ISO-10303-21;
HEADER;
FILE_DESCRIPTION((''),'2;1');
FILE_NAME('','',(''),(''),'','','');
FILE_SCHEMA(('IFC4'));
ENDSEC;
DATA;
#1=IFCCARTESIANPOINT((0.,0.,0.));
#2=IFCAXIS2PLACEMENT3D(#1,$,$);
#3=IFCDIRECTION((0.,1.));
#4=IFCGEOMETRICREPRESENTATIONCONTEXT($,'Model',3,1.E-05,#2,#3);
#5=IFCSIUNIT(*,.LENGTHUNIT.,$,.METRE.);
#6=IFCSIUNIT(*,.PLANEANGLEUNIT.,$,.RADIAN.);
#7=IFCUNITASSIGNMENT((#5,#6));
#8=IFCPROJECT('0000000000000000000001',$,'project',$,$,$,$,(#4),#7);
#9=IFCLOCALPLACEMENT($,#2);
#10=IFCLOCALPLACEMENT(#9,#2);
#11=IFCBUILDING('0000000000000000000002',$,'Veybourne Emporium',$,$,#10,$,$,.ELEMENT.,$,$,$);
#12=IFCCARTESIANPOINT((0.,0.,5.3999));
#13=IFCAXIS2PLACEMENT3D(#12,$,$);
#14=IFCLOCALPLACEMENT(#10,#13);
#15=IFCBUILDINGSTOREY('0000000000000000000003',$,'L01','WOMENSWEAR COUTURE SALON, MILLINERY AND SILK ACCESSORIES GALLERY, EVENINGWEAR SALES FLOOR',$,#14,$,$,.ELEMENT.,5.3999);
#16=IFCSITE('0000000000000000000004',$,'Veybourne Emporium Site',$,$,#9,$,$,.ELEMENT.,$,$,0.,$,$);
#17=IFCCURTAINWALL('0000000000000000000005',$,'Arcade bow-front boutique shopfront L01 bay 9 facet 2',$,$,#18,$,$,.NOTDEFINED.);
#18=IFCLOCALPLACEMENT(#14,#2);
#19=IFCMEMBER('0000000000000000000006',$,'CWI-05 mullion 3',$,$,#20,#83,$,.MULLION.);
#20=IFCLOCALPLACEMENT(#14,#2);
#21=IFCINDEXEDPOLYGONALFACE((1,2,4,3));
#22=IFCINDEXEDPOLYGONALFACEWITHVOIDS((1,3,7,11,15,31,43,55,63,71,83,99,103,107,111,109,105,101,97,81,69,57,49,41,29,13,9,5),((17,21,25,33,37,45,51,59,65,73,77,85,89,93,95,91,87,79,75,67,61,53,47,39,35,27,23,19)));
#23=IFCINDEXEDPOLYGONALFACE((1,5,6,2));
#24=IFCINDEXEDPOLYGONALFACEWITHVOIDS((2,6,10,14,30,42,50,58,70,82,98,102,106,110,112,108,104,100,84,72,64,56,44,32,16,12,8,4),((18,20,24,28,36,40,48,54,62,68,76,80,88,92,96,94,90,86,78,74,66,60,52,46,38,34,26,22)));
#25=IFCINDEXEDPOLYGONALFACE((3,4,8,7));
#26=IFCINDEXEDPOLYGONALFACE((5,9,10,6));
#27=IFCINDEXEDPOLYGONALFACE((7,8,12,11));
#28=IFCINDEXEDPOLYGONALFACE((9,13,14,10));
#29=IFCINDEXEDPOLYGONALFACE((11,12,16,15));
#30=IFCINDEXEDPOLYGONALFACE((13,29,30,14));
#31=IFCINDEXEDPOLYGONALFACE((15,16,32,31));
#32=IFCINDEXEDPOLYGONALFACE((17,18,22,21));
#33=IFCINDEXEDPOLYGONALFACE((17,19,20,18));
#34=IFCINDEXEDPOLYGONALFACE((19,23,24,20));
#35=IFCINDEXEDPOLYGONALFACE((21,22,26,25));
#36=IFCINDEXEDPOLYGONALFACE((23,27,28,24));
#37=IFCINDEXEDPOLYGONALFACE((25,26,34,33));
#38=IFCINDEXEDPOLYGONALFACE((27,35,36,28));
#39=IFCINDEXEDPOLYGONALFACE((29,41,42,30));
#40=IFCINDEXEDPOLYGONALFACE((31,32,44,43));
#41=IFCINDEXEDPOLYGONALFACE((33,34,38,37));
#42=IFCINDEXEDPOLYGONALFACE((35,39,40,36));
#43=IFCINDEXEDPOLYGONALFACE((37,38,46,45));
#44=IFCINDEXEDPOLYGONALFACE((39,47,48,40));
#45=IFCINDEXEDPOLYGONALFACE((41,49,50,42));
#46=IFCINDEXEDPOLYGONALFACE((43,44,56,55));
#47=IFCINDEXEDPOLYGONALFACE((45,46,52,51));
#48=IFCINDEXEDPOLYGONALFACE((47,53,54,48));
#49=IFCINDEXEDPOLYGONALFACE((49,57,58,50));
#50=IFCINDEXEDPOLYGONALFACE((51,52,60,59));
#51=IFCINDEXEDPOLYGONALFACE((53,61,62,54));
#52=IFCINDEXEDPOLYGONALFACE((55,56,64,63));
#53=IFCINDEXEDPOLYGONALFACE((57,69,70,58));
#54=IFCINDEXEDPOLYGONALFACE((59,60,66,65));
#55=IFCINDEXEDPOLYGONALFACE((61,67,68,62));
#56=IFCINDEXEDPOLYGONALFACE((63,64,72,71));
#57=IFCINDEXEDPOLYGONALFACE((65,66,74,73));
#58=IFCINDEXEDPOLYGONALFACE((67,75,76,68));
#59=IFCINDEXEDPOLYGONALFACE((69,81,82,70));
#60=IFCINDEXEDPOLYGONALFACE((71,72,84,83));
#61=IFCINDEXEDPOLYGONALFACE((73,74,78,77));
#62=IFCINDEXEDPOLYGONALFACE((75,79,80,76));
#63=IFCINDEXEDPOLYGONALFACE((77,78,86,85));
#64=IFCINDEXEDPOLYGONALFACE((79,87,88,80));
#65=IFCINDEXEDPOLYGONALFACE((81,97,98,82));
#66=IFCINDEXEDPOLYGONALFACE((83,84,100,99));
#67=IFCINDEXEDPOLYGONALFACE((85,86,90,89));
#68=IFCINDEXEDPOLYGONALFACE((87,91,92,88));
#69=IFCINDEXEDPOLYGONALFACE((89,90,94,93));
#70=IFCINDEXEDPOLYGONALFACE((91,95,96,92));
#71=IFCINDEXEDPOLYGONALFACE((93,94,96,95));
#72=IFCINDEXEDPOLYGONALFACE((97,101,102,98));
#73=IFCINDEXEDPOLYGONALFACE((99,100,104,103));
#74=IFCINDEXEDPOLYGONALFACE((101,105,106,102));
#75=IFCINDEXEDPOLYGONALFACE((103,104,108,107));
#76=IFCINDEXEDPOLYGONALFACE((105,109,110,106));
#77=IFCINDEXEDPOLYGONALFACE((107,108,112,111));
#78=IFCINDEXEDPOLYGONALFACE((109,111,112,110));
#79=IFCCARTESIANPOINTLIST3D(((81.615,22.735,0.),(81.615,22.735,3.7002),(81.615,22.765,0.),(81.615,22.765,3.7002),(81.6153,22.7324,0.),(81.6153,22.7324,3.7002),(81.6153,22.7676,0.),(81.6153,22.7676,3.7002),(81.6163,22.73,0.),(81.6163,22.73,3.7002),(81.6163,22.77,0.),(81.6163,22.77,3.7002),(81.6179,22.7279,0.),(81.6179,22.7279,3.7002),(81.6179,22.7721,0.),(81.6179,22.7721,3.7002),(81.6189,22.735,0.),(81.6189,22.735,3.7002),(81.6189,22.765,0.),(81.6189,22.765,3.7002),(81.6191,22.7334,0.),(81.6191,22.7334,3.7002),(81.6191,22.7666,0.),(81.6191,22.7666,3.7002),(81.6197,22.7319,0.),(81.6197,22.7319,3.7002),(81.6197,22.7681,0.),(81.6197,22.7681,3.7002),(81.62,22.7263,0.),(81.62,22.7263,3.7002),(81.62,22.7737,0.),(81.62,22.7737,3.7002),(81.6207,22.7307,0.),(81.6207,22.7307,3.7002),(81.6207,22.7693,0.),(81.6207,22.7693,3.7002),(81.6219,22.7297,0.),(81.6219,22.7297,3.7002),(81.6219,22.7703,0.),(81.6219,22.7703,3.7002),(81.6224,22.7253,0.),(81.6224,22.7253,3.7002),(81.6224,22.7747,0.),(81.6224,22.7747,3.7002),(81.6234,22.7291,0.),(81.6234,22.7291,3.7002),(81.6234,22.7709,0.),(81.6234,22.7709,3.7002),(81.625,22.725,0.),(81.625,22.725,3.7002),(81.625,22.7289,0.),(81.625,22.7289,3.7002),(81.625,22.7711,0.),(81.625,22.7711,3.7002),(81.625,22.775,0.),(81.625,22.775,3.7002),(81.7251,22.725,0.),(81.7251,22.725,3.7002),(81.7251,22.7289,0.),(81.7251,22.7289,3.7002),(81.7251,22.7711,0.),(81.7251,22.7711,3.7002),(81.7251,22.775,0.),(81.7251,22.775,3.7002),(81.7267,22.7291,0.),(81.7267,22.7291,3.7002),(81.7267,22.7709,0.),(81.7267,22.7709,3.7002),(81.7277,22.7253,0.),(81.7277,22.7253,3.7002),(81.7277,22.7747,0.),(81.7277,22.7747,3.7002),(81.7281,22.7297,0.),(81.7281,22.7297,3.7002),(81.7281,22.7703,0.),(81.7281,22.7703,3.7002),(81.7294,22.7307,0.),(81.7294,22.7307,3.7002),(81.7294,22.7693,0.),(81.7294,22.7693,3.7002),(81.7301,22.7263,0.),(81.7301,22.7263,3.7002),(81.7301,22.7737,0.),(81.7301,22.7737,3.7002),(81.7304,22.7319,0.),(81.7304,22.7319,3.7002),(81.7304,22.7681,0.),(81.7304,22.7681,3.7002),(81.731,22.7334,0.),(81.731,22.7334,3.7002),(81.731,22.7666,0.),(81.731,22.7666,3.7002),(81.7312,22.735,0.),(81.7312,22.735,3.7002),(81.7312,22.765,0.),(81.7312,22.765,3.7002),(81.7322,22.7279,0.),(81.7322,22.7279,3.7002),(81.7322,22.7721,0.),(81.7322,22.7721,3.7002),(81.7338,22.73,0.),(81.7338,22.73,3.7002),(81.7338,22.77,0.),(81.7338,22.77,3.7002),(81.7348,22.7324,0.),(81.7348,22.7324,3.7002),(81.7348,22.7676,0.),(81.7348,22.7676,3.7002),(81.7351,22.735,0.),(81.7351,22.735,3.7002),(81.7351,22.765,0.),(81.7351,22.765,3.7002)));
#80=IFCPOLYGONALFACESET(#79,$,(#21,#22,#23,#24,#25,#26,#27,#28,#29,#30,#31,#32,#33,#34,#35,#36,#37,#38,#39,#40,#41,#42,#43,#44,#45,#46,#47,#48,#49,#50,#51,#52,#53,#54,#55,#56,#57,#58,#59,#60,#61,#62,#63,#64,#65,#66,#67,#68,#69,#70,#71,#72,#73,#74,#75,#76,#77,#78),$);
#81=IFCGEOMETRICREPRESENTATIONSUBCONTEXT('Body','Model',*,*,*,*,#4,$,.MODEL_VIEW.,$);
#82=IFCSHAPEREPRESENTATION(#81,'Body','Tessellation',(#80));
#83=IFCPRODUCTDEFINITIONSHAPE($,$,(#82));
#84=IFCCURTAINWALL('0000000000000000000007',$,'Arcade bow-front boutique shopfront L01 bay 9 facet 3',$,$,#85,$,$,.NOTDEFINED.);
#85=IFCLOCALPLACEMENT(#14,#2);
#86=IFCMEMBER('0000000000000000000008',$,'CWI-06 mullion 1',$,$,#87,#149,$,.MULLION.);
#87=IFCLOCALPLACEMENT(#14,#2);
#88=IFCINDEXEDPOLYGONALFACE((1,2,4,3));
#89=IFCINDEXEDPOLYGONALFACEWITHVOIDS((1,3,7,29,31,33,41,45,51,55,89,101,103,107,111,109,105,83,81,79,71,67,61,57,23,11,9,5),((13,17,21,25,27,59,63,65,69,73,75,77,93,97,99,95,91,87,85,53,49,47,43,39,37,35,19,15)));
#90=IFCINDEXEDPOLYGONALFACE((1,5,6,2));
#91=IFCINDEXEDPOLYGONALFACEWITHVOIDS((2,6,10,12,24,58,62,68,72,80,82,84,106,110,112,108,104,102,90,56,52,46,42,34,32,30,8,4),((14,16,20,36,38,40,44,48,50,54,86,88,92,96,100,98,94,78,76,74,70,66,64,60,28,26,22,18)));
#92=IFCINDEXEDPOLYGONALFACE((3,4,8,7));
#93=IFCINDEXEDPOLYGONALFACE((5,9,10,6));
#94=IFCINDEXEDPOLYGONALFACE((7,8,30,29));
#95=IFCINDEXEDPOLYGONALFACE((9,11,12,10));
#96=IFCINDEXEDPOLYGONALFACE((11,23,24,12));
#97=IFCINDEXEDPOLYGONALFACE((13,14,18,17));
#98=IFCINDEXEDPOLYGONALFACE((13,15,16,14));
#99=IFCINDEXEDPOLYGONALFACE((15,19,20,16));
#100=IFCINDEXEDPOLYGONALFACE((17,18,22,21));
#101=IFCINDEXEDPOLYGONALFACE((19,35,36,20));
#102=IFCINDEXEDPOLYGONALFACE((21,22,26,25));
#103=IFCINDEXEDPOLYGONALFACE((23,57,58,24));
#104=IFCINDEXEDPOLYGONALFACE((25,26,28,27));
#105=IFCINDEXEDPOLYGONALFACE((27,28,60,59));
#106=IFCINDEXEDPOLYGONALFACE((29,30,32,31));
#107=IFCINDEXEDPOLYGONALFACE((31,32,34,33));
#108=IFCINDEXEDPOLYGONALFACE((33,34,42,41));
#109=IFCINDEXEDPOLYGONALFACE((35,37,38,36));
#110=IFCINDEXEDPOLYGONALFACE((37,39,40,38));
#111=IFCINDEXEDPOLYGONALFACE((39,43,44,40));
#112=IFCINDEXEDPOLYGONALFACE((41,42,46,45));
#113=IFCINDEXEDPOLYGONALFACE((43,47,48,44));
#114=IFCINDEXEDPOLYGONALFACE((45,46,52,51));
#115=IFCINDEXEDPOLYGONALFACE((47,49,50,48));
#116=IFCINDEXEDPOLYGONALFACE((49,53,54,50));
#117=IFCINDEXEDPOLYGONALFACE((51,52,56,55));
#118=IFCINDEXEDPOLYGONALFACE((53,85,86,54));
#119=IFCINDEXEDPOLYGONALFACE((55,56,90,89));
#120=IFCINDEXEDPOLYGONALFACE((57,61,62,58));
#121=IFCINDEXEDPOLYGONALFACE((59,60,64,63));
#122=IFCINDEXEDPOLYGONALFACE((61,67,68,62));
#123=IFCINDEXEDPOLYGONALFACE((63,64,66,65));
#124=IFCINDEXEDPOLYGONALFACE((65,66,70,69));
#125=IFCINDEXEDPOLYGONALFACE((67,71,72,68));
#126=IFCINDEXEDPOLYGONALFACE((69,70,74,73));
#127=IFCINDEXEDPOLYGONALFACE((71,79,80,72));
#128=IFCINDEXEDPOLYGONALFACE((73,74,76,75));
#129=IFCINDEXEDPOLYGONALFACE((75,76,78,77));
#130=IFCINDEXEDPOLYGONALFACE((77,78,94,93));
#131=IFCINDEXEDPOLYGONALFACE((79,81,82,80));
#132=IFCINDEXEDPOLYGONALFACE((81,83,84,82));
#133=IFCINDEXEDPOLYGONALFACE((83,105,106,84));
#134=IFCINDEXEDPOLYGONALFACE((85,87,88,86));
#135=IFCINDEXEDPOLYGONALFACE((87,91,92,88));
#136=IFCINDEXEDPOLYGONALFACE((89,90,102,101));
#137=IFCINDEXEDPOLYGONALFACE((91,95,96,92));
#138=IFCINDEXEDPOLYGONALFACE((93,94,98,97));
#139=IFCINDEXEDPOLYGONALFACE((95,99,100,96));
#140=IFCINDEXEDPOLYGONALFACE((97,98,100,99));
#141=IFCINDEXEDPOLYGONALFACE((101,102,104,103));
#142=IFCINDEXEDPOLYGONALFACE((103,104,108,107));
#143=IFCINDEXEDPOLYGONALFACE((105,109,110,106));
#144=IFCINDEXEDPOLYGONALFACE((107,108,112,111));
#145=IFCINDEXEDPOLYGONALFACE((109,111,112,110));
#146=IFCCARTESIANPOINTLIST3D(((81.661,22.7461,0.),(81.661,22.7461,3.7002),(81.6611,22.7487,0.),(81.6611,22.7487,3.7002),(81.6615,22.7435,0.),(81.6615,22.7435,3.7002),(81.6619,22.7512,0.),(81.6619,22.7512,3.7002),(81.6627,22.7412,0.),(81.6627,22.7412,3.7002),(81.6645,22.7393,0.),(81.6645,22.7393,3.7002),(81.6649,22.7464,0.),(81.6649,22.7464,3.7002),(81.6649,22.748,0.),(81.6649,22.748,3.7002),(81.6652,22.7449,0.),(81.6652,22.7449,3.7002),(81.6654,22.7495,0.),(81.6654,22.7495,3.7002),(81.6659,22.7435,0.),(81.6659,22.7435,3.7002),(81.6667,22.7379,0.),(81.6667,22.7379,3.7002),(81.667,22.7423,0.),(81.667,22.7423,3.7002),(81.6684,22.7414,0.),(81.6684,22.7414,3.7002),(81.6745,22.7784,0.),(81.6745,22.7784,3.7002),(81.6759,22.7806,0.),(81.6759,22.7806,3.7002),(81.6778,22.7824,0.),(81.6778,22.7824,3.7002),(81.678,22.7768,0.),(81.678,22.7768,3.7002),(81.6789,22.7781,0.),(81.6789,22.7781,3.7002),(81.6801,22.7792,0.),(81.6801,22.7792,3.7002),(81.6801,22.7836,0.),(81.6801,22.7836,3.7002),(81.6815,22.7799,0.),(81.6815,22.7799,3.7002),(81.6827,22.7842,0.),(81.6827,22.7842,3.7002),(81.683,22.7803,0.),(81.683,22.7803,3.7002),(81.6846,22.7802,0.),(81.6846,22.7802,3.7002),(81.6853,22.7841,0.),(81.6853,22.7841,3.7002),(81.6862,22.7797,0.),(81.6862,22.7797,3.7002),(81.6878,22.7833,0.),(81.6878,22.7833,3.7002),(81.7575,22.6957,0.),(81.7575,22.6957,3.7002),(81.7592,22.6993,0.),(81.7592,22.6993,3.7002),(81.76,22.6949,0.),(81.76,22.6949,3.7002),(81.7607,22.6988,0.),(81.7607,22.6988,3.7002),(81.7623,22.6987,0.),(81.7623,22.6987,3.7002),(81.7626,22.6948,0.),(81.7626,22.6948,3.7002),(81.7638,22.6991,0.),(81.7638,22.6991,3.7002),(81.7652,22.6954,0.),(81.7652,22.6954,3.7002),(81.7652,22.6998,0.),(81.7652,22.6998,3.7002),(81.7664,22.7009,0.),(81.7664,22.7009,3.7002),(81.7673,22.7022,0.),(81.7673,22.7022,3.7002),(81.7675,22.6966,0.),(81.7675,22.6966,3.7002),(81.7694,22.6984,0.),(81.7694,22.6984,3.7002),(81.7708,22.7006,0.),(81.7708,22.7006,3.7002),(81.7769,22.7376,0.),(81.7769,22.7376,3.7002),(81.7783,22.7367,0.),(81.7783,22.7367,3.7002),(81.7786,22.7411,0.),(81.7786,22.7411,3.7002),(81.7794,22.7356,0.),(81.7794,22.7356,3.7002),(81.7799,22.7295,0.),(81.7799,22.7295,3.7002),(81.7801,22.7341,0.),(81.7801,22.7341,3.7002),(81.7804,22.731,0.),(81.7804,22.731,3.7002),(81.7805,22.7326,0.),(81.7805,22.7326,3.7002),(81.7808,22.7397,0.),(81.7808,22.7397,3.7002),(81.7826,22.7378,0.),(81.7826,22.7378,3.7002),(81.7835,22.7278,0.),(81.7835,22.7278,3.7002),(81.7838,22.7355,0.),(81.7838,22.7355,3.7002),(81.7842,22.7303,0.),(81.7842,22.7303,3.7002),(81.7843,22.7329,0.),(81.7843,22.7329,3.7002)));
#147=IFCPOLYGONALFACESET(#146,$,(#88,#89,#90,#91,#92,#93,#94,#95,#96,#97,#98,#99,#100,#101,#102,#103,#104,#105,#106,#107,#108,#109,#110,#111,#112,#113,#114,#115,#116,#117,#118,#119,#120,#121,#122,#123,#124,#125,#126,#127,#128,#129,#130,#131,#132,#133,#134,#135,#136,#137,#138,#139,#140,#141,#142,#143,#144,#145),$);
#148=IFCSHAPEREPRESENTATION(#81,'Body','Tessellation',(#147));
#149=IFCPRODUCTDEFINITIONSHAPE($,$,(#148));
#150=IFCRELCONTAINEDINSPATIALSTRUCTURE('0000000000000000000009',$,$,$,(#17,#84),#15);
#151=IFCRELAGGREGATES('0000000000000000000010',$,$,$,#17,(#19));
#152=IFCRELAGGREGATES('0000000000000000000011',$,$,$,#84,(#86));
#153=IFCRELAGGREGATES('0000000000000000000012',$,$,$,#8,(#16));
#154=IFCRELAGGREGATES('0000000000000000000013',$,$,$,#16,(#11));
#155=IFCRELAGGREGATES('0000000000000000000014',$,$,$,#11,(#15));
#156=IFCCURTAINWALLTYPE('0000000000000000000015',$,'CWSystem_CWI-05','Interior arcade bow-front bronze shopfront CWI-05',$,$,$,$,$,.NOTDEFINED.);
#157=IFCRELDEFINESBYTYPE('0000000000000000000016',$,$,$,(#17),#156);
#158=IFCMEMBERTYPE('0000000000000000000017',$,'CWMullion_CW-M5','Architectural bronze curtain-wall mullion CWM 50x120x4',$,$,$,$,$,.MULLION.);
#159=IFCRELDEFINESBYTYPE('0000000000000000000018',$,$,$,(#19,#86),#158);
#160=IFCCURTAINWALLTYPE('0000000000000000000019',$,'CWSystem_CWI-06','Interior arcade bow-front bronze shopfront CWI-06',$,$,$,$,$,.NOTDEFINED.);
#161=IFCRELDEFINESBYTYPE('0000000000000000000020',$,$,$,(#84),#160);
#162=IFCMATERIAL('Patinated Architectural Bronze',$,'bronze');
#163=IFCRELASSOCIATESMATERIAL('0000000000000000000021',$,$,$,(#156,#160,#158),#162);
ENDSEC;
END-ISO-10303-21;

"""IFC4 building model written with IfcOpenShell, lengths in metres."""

from ifc_helpers import new_model, si_unit, direction, frame, origin, origin_2d, place, context, subcontext, project, spatial, hollow_rectangle, extrude, material, material_profile, profile_set, type_object, element, aggregate, save


model = new_model("IFC4")

# Units and contexts
model_context = context("Model", 3, precision=1e-05, world=origin(), true_north=direction((0.0, 1.0)))
body_context = subcontext(model_context, "Body", "Model", "MODEL_VIEW")
ifc_project = project(units=[si_unit("LENGTHUNIT", "METRE"), si_unit("PLANEANGLEUNIT", "RADIAN")], contexts=[model_context])

# Site, building, storey
site_placement = place(None, origin())
site = spatial("IfcSite", under=ifc_project, at=site_placement, Name="Veybourne Emporium Site", CompositionType="ELEMENT", RefElevation=0.0)
building_placement = place(site_placement, origin())
building = spatial("IfcBuilding", under=site, at=building_placement, Name="Veybourne Emporium", CompositionType="ELEMENT")
storey_placement = place(building_placement, frame((0.0, 0.0, 5.3999)))
storey = spatial("IfcBuildingStorey", under=building, at=storey_placement, Name="L01", Description="WOMENSWEAR COUTURE SALON, MILLINERY AND SILK ACCESSORIES GALLERY, EVENINGWEAR SALES FLOOR", CompositionType="ELEMENT", Elevation=5.3999)

# Curtain wall, member
ifc_material_1 = material(Name="Patinated Architectural Bronze", Category="bronze")
curtain_wall_type_1 = type_object("IfcCurtainWallType", Name="CWSystem_CWI-05", Description="Interior arcade bow-front bronze shopfront CWI-05", PredefinedType="NOTDEFINED", material=ifc_material_1)
curtain_wall_1_placement = place(storey_placement, origin())
curtain_wall_1 = element("IfcCurtainWall", 1, at=curtain_wall_1_placement, inside=storey, type_object=curtain_wall_type_1, Name="Arcade bow-front boutique shopfront L01 bay 9 facet 2", PredefinedType="NOTDEFINED")
ifc_material_profile_1 = material_profile(ifc_material_1, hollow_rectangle(XDim=0.05, YDim=0.1201, WallThickness=0.0039, InnerFilletRadius=0.0061, OuterFilletRadius=0.01, at=origin_2d()), Name="CWM 50x120x4")
ifc_profile_set_1 = profile_set([ifc_material_profile_1], Name="Patinated Architectural Bronze")
member_type_1 = type_object("IfcMemberType", Name="CWMullion_CW-M5", Description="Architectural bronze curtain-wall mullion CWM 50x120x4", PredefinedType="MULLION", material=ifc_profile_set_1)
member_1_placement = place(storey_placement, frame((81.675, 22.75, 0.0), z_axis=(0.0, 0.0, 1.0), x_axis=(0.0, 1.0, 0.0)))
member_1 = element("IfcMember", 2, at=member_1_placement, type_object=member_type_1, Name="CWI-05 mullion 3", PredefinedType="MULLION", context=body_context, shape_type="SweptSolid", body=[
    extrude(hollow_rectangle(XDim=0.05, YDim=0.1201, WallThickness=0.0039, InnerFilletRadius=0.0061, OuterFilletRadius=0.01, at=origin_2d()), origin(), (0.0, 0.0, 1.0), 3.7002),
])

# Curtain wall, member
curtain_wall_type_2 = type_object("IfcCurtainWallType", Name="CWSystem_CWI-06", Description="Interior arcade bow-front bronze shopfront CWI-06", PredefinedType="NOTDEFINED", material=ifc_material_1)
curtain_wall_2_placement = place(storey_placement, origin())
curtain_wall_2 = element("IfcCurtainWall", 3, at=curtain_wall_2_placement, inside=storey, type_object=curtain_wall_type_2, Name="Arcade bow-front boutique shopfront L01 bay 9 facet 3", PredefinedType="NOTDEFINED")
member_2_placement = place(storey_placement, frame((81.7227, 22.7395, 0.0), z_axis=(0.0, 0.0, 1.0), x_axis=(0.421111, 0.907009, 0.0)))
member_2 = element("IfcMember", 4, at=member_2_placement, type_object=member_type_1, Name="CWI-06 mullion 1", PredefinedType="MULLION", context=body_context, shape_type="SweptSolid", body=[
    extrude(hollow_rectangle(XDim=0.05, YDim=0.1201, WallThickness=0.0039, InnerFilletRadius=0.0061, OuterFilletRadius=0.01, at=origin_2d()), origin(), (0.0, 0.0, 1.0), 3.7002),
])

aggregate(curtain_wall_1, [member_1])
aggregate(curtain_wall_2, [member_2])

save(model, "model.ifc")
